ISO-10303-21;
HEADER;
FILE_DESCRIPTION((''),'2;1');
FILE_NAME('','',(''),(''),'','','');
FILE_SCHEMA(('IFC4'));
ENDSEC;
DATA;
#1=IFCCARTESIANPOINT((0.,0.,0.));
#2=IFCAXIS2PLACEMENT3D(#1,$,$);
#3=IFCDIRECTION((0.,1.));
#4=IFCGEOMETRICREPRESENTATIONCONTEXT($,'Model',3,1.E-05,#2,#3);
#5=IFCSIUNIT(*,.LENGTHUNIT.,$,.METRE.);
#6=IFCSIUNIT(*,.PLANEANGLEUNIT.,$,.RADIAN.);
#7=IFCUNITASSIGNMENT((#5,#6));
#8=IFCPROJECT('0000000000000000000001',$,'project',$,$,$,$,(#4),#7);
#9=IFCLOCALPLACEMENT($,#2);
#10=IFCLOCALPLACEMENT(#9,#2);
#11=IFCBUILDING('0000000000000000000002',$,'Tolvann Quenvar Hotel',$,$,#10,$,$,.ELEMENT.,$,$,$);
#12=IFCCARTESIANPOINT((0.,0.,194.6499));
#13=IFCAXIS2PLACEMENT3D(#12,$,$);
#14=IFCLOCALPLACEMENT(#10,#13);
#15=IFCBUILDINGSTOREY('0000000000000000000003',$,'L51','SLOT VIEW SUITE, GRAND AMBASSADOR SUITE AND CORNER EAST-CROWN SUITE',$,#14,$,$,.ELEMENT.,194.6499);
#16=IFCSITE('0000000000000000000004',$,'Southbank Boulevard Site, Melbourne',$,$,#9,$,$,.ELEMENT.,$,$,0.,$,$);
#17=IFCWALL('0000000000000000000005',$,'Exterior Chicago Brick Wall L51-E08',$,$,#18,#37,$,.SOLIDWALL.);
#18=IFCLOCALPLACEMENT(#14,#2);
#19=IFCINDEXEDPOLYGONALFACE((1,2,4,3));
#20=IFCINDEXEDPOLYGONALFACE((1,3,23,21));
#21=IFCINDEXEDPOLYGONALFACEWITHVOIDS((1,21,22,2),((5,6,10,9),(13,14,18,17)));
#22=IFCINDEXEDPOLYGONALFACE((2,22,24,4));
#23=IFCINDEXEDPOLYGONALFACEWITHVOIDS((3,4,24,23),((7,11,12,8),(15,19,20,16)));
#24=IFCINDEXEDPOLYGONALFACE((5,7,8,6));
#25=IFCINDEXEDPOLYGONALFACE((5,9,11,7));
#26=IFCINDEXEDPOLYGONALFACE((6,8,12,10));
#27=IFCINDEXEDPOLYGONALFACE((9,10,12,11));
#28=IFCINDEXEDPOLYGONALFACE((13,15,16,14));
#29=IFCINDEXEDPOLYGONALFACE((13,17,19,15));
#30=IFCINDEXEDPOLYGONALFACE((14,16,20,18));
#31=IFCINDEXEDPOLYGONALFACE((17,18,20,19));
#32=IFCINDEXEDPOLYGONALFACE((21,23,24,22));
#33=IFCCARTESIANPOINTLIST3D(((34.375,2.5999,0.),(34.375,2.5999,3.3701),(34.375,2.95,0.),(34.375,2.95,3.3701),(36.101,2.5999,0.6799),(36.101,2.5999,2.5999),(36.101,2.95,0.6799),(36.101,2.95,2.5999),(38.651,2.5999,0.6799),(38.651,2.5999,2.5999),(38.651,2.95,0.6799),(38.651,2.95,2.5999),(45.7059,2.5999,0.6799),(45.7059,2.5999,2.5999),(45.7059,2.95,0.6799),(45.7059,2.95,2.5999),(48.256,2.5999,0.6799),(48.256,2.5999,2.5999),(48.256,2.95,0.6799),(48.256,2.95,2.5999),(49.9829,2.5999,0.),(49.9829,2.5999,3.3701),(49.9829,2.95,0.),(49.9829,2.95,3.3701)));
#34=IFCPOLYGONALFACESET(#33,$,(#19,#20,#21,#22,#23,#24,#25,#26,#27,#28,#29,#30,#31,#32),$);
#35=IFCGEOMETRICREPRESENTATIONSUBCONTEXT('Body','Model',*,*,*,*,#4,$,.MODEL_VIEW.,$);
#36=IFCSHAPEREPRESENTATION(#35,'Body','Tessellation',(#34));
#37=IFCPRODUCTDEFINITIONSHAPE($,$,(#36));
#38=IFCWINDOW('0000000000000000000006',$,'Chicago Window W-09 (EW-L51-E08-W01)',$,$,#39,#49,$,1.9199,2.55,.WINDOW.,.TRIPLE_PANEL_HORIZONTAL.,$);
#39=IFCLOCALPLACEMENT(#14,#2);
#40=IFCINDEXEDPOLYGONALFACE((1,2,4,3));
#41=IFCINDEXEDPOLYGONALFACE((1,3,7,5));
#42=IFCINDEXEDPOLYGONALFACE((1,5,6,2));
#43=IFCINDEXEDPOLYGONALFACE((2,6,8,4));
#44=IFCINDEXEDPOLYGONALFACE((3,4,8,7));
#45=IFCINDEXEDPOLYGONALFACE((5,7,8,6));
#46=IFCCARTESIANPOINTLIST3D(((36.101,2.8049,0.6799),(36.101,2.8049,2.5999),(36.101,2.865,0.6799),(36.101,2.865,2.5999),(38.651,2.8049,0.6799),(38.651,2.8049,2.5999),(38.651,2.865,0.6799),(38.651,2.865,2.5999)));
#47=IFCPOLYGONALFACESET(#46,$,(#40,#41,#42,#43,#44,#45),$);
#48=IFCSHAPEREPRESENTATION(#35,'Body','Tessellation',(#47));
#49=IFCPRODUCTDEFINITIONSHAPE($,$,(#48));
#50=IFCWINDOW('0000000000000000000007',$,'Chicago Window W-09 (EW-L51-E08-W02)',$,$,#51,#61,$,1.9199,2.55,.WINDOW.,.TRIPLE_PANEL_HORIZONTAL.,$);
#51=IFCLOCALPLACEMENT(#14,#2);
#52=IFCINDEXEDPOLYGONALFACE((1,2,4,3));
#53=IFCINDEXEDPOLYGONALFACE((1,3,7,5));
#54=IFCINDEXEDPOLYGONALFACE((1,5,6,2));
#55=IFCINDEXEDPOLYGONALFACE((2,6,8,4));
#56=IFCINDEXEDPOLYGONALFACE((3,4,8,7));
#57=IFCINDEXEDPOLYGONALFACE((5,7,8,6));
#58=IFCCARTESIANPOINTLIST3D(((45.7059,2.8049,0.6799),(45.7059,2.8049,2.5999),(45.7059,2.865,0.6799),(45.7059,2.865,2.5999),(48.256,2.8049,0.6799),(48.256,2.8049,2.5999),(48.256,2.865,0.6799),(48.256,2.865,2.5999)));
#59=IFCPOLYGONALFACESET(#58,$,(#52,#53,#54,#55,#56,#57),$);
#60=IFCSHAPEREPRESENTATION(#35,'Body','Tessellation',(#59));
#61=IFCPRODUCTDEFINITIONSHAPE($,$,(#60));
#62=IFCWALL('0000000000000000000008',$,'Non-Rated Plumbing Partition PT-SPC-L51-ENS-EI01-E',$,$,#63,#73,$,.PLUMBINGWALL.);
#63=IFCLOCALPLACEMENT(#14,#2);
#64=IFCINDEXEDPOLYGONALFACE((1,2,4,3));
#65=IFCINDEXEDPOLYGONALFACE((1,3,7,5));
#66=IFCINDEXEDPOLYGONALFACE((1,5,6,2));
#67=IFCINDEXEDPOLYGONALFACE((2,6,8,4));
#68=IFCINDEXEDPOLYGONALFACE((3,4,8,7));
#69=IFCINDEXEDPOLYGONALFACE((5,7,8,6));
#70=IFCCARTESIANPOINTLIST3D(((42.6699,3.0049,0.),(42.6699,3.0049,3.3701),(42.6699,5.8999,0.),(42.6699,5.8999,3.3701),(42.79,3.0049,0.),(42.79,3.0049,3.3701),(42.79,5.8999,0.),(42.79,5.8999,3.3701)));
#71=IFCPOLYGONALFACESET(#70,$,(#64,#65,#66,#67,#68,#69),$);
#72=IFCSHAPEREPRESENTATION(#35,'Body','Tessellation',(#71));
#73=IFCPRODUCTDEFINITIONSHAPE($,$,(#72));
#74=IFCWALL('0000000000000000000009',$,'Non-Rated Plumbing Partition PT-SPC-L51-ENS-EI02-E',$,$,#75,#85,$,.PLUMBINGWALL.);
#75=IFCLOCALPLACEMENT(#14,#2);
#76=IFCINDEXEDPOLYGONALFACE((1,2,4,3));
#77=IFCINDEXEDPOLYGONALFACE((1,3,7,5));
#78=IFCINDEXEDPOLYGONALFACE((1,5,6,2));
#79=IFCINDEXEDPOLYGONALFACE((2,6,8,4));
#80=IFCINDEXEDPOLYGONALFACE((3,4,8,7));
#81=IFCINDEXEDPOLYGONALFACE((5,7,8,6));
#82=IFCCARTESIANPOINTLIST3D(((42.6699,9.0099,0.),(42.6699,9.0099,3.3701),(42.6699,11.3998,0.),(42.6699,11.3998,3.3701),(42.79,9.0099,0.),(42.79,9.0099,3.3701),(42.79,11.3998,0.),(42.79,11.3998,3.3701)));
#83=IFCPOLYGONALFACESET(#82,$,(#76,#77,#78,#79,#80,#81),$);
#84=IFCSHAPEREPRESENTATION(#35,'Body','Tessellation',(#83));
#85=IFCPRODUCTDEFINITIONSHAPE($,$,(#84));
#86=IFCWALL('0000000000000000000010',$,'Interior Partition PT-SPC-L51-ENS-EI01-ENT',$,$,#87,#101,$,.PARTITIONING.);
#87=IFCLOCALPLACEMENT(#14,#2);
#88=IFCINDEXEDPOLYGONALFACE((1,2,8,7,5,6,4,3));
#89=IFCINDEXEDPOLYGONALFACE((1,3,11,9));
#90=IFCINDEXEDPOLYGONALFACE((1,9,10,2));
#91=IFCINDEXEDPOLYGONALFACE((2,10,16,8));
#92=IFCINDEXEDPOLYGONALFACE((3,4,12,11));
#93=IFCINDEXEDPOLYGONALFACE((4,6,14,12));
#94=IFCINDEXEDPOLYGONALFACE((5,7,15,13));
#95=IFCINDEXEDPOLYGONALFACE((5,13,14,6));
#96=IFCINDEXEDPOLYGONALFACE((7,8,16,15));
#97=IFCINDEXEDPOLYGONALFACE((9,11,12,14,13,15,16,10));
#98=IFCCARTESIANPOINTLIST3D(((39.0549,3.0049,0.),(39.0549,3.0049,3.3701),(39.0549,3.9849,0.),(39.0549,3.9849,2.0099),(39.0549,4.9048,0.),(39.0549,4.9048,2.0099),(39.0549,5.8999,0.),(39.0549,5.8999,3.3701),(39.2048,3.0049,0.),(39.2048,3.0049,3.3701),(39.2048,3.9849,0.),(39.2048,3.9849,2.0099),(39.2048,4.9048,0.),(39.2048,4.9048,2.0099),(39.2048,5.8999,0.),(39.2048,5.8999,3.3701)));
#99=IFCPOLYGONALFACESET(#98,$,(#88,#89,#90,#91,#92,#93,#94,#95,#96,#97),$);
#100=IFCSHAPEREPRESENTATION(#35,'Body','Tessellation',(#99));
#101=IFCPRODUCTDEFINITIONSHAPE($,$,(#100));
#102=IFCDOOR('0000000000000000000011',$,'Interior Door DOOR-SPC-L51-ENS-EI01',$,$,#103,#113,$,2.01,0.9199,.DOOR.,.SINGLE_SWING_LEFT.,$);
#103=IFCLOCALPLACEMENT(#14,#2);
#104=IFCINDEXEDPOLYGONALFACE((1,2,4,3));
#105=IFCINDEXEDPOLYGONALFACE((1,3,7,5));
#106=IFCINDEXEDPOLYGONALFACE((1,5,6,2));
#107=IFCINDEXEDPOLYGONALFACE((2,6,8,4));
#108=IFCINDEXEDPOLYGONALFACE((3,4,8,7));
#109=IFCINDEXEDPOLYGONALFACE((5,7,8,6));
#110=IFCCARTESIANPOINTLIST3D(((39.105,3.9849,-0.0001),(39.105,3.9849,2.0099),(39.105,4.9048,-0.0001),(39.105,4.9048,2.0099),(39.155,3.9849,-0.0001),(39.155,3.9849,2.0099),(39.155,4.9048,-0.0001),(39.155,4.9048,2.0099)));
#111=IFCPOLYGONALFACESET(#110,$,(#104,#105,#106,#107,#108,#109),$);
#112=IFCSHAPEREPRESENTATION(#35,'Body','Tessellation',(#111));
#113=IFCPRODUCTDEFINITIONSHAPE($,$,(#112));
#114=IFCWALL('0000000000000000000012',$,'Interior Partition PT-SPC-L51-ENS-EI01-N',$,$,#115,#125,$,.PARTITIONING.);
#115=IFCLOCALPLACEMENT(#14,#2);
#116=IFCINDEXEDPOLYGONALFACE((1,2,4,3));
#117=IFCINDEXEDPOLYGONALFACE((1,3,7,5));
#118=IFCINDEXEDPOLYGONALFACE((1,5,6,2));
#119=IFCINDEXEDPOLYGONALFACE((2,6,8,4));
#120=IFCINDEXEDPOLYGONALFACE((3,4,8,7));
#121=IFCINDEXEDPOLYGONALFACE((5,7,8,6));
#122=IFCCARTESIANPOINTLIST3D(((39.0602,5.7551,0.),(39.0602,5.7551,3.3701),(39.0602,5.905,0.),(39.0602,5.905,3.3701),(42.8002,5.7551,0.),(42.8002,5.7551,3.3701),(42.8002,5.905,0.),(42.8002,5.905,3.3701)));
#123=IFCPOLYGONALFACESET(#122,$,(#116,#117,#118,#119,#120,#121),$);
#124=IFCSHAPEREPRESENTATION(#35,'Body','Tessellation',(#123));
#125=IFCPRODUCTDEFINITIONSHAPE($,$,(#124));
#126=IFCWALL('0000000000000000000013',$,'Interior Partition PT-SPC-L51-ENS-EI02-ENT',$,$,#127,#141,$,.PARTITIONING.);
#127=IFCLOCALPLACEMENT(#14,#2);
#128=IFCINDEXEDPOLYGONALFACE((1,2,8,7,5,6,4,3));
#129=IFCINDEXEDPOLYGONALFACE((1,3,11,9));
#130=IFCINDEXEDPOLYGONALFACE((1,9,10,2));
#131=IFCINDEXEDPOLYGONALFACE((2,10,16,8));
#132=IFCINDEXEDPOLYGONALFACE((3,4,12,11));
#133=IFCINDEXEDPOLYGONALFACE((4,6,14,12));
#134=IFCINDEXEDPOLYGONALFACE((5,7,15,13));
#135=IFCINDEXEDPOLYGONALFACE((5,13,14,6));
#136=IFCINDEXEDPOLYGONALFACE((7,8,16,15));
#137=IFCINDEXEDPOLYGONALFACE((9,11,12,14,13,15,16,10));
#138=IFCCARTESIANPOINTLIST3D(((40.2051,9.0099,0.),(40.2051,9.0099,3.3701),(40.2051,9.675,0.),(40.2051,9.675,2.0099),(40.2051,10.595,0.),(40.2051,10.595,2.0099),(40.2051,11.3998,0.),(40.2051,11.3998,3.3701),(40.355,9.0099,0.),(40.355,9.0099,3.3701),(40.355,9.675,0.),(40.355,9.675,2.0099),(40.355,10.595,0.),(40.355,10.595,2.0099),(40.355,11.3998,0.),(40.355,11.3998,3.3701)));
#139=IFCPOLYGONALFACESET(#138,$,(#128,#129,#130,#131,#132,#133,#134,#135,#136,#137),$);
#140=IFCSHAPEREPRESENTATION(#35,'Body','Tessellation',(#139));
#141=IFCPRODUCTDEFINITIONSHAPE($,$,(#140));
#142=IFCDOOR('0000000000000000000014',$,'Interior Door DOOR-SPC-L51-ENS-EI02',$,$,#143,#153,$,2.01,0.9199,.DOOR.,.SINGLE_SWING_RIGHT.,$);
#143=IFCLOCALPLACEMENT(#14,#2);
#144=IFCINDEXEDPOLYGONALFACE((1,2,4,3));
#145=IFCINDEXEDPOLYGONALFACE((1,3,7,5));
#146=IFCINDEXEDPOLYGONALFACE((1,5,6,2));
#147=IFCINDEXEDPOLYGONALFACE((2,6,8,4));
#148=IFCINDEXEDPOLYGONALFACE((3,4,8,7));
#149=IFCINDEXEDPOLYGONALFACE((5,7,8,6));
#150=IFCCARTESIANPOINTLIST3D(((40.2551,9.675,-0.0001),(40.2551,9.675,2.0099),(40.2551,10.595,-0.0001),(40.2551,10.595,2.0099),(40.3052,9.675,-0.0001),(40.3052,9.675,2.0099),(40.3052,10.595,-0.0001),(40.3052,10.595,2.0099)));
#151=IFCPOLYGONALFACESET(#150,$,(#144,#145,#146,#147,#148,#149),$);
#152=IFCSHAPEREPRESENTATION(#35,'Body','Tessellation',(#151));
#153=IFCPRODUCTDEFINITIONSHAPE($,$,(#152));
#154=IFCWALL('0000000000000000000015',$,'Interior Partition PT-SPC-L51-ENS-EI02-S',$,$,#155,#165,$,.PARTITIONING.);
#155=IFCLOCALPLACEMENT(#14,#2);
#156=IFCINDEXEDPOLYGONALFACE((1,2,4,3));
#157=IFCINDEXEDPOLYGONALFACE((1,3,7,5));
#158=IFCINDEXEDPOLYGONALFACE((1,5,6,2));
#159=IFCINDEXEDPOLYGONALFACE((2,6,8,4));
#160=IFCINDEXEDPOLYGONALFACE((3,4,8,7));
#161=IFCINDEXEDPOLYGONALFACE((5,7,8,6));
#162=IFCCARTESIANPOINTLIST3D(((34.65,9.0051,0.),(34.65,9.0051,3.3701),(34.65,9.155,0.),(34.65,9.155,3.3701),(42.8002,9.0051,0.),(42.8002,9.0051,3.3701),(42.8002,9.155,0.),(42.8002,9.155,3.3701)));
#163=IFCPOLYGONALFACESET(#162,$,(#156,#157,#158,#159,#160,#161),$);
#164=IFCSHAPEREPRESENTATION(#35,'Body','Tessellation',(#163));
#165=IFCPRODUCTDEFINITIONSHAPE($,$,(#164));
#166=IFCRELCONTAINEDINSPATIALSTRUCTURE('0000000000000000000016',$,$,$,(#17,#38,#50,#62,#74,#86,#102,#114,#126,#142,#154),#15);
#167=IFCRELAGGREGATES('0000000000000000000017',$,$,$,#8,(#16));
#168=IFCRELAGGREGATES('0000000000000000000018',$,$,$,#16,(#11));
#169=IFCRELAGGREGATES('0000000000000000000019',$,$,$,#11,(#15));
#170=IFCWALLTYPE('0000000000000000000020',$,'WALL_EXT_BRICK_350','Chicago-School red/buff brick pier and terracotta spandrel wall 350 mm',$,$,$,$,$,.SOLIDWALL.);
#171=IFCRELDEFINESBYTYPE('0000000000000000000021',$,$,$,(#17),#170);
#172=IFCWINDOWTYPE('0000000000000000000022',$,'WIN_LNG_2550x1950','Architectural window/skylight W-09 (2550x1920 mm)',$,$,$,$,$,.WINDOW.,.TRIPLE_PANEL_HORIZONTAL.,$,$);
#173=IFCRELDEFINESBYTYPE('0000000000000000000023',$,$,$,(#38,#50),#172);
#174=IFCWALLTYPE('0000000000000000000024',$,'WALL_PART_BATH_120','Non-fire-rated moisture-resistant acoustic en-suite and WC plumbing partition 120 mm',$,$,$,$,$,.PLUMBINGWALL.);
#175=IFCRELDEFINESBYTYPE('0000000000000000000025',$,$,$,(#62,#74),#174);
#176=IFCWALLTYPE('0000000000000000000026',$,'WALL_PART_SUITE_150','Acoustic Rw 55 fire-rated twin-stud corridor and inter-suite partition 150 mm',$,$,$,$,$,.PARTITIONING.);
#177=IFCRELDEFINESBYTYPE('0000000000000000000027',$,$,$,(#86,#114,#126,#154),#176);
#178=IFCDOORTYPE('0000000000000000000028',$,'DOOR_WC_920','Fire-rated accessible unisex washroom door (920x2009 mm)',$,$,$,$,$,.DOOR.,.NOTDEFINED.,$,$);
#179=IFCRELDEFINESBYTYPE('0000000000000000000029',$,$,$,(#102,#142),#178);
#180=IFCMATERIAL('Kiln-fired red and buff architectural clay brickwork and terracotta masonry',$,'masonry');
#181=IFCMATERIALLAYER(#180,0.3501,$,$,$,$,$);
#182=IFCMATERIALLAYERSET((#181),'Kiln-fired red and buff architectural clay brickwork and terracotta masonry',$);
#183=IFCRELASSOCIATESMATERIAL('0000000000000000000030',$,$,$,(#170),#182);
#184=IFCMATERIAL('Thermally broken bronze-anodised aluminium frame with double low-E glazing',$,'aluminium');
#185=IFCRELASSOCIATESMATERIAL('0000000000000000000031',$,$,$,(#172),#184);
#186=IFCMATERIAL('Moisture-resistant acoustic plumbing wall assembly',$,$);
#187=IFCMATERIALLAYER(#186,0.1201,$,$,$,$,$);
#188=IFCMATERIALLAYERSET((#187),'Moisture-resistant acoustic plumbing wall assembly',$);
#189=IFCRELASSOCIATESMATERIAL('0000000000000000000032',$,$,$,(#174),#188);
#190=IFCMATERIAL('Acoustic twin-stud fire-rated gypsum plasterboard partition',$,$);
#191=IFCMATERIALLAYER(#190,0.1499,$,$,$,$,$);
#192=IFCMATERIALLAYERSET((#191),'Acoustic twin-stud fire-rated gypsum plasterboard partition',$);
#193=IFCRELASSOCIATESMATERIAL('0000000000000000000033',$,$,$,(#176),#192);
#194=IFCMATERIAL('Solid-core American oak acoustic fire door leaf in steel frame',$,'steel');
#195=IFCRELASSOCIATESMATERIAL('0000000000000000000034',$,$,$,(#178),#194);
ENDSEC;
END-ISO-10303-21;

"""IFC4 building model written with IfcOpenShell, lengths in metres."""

from ifc_helpers import new_model, si_unit, direction, frame, frame_2d, origin, place, context, subcontext, project, spatial, rectangle, extrude, source, transform, mapped, material, layer, layer_set, type_object, type_shapes, element, fill, save


model = new_model("IFC4")

# Units and contexts
model_context = context("Model", 3, precision=1e-05, world=origin(), true_north=direction((0.0, 1.0)))
body_context = subcontext(model_context, "Body", "Model", "MODEL_VIEW")
ifc_project = project(units=[si_unit("LENGTHUNIT", "METRE"), si_unit("PLANEANGLEUNIT", "RADIAN")], contexts=[model_context])

# Site, building, storey
site_placement = place(None, origin())
site = spatial("IfcSite", under=ifc_project, at=site_placement, Name="Southbank Boulevard Site, Melbourne", CompositionType="ELEMENT", RefElevation=0.0)
building_placement = place(site_placement, origin())
building = spatial("IfcBuilding", under=site, at=building_placement, Name="Tolvann Quenvar Hotel", CompositionType="ELEMENT")
storey_placement = place(building_placement, frame((0.0, 0.0, 194.6499)))
storey = spatial("IfcBuildingStorey", under=building, at=storey_placement, Name="L51", Description="SLOT VIEW SUITE, GRAND AMBASSADOR SUITE AND CORNER EAST-CROWN SUITE", CompositionType="ELEMENT", Elevation=194.6499)

# Wall, openings, windows
ifc_material_1 = material(Name="Kiln-fired red and buff architectural clay brickwork and terracotta masonry", Category="masonry")
ifc_layer_1 = layer(ifc_material_1, 0.3501)
ifc_layer_set_1 = layer_set([ifc_layer_1], Name="Kiln-fired red and buff architectural clay brickwork and terracotta masonry")
wall_type_1 = type_object("IfcWallType", Name="WALL_EXT_BRICK_350", Description="Chicago-School red/buff brick pier and terracotta spandrel wall 350 mm", PredefinedType="SOLIDWALL", material=ifc_layer_set_1)
wall_1_placement = place(storey_placement, frame((34.375, 2.7749, 0.0), z_axis=(0.0, 0.0, 1.0), x_axis=(1.0, 0.0, 0.0)))
wall_1 = element("IfcWall", 1, at=wall_1_placement, inside=storey, type_object=wall_type_1, Name="Exterior Chicago Brick Wall L51-E08", PredefinedType="SOLIDWALL", context=body_context, shape_type="SweptSolid", body=[
    extrude(rectangle(XDim=15.6079, YDim=0.3501, at=frame_2d((7.804, 0.0))), origin(), (0.0, 0.0, 1.0), 3.3701),
])
opening_1_placement = place(wall_1_placement, frame((1.7261, 0.0, 0.6799)))
opening_1 = element("IfcOpeningElement", 2, at=opening_1_placement, cuts=wall_1, PredefinedType="OPENING", context=body_context, shape_type="SweptSolid", body=[
    extrude(rectangle(XDim=2.55, YDim=1.9199, at=frame_2d((1.2749, 0.96))), frame((0.0, 0.1851, 0.0), z_axis=(0.0, -1.0, 0.0), x_axis=(1.0, 0.0, 0.0)), (0.0, 0.0, 1.0), 0.3701),
])
opening_2_placement = place(wall_1_placement, frame((11.3311, 0.0, 0.6799)))
opening_2 = element("IfcOpeningElement", 3, at=opening_2_placement, cuts=wall_1, PredefinedType="OPENING", context=body_context, shape_type="SweptSolid", body=[
    extrude(rectangle(XDim=2.55, YDim=1.9199, at=frame_2d((1.2749, 0.96))), frame((0.0, 0.1851, 0.0), z_axis=(0.0, -1.0, 0.0), x_axis=(1.0, 0.0, 0.0)), (0.0, 0.0, 1.0), 0.3701),
])
ifc_material_2 = material(Name="Thermally broken bronze-anodised aluminium frame with double low-E glazing", Category="aluminium")
window_type = type_object("IfcWindowType", Name="WIN_LNG_2550x1950", Description="Architectural window/skylight W-09 (2550x1920 mm)", PartitioningType="TRIPLE_PANEL_HORIZONTAL", PredefinedType="WINDOW", material=ifc_material_2)
shared_shape_1 = source(origin(), body_context, "Body", "SweptSolid", [
    extrude(rectangle(XDim=2.55, YDim=1.9199, at=frame_2d((1.2749, 0.96))), frame((0.0, 0.0901, 0.0), z_axis=(0.0, -1.0, 0.0), x_axis=(1.0, 0.0, 0.0)), (0.0, 0.0, 1.0), 0.0601),
])
type_shapes(window_type, [shared_shape_1])
window_1_placement = place(opening_1_placement, origin())
window_1 = element("IfcWindow", 4, at=window_1_placement, inside=storey, type_object=window_type, Name="Chicago Window W-09 (EW-L51-E08-W01)", OverallHeight=1.9199, OverallWidth=2.55, PartitioningType="TRIPLE_PANEL_HORIZONTAL", PredefinedType="WINDOW", context=body_context, shape_type="MappedRepresentation", body=[
    mapped(shared_shape_1, transform((0.0, 0.0, 0.0), x_axis=(1.0, 0.0, 0.0), y_axis=(0.0, 1.0, 0.0), z_axis=(0.0, 0.0, 1.0), scale=1.0)),
])
fill(opening_1, window_1)
window_2_placement = place(opening_2_placement, origin())
window_2 = element("IfcWindow", 5, at=window_2_placement, inside=storey, type_object=window_type, Name="Chicago Window W-09 (EW-L51-E08-W02)", OverallHeight=1.9199, OverallWidth=2.55, PartitioningType="TRIPLE_PANEL_HORIZONTAL", PredefinedType="WINDOW", context=body_context, shape_type="MappedRepresentation", body=[
    mapped(shared_shape_1, transform((0.0, 0.0, 0.0), x_axis=(1.0, 0.0, 0.0), y_axis=(0.0, 1.0, 0.0), z_axis=(0.0, 0.0, 1.0), scale=1.0)),
])
fill(opening_2, window_2)

# Walls
ifc_material_3 = material(Name="Moisture-resistant acoustic plumbing wall assembly")
ifc_layer_2 = layer(ifc_material_3, 0.1201)
ifc_layer_set_2 = layer_set([ifc_layer_2], Name="Moisture-resistant acoustic plumbing wall assembly")
wall_type_2 = type_object("IfcWallType", Name="WALL_PART_BATH_120", Description="Non-fire-rated moisture-resistant acoustic en-suite and WC plumbing partition 120 mm", PredefinedType="PLUMBINGWALL", material=ifc_layer_set_2)
wall_2_placement = place(storey_placement, frame((42.73, 3.0049, 0.0), z_axis=(0.0, 0.0, 1.0), x_axis=(0.0, 1.0, 0.0)))
element("IfcWall", 6, at=wall_2_placement, inside=storey, type_object=wall_type_2, Name="Non-Rated Plumbing Partition PT-SPC-L51-ENS-EI01-E", PredefinedType="PLUMBINGWALL", context=body_context, shape_type="SweptSolid", body=[
    extrude(rectangle(XDim=2.895, YDim=0.1201, at=frame_2d((1.4475, 0.0))), origin(), (0.0, 0.0, 1.0), 3.3701),
])
wall_3_placement = place(storey_placement, frame((42.73, 9.01, 0.0), z_axis=(0.0, 0.0, 1.0), x_axis=(0.0, 1.0, 0.0)))
element("IfcWall", 7, at=wall_3_placement, inside=storey, type_object=wall_type_2, Name="Non-Rated Plumbing Partition PT-SPC-L51-ENS-EI02-E", PredefinedType="PLUMBINGWALL", context=body_context, shape_type="SweptSolid", body=[
    extrude(rectangle(XDim=2.3899, YDim=0.1201, at=frame_2d((1.1948, 0.0))), origin(), (0.0, 0.0, 1.0), 3.3701),
])

# Wall, opening, door
ifc_material_4 = material(Name="Acoustic twin-stud fire-rated gypsum plasterboard partition")
ifc_layer_3 = layer(ifc_material_4, 0.1499)
ifc_layer_set_3 = layer_set([ifc_layer_3], Name="Acoustic twin-stud fire-rated gypsum plasterboard partition")
wall_type_3 = type_object("IfcWallType", Name="WALL_PART_SUITE_150", Description="Acoustic Rw 55 fire-rated twin-stud corridor and inter-suite partition 150 mm", PredefinedType="PARTITIONING", material=ifc_layer_set_3)
wall_4_placement = place(storey_placement, frame((39.1299, 3.0049, 0.0), z_axis=(0.0, 0.0, 1.0), x_axis=(0.0, 1.0, 0.0)))
wall_4 = element("IfcWall", 8, at=wall_4_placement, inside=storey, type_object=wall_type_3, Name="Interior Partition PT-SPC-L51-ENS-EI01-ENT", PredefinedType="PARTITIONING", context=body_context, shape_type="SweptSolid", body=[
    extrude(rectangle(XDim=2.895, YDim=0.1499, at=frame_2d((1.4475, 0.0))), origin(), (0.0, 0.0, 1.0), 3.3701),
])
opening_3_placement = place(wall_4_placement, frame((0.98, 0.0, 0.0)))
opening_3 = element("IfcOpeningElement", 9, at=opening_3_placement, cuts=wall_4, PredefinedType="OPENING", context=body_context, shape_type="SweptSolid", body=[
    extrude(rectangle(XDim=0.9199, YDim=2.01, at=frame_2d((0.46, 1.0049))), frame((0.0, 0.085, 0.0), z_axis=(0.0, -1.0, 0.0), x_axis=(1.0, 0.0, 0.0)), (0.0, 0.0, 1.0), 0.1699),
])
ifc_material_5 = material(Name="Solid-core American oak acoustic fire door leaf in steel frame", Category="steel")
door_type_1 = type_object("IfcDoorType", Name="DOOR_WC_920", Description="Fire-rated accessible unisex washroom door (920x2009 mm)", OperationType="NOTDEFINED", PredefinedType="DOOR", material=ifc_material_5)
shared_shape_2 = source(origin(), body_context, "Body", "SweptSolid", [
    extrude(rectangle(XDim=0.9199, YDim=2.01, at=frame_2d((0.46, 1.0049))), frame((0.0, 0.0249, 0.0), z_axis=(0.0, -1.0, 0.0), x_axis=(1.0, 0.0, 0.0)), (0.0, 0.0, 1.0), 0.05),
])
type_shapes(door_type_1, [shared_shape_2])
door_1_placement = place(opening_3_placement, origin())
door_1 = element("IfcDoor", 10, at=door_1_placement, inside=storey, type_object=door_type_1, Name="Interior Door DOOR-SPC-L51-ENS-EI01", OperationType="SINGLE_SWING_LEFT", OverallHeight=2.01, OverallWidth=0.9199, PredefinedType="DOOR", context=body_context, shape_type="MappedRepresentation", body=[
    mapped(shared_shape_2, transform((0.0, 0.0, 0.0), x_axis=(1.0, 0.0, 0.0), y_axis=(0.0, 1.0, 0.0), z_axis=(0.0, 0.0, 1.0), scale=1.0)),
])
fill(opening_3, door_1)

# Wall
wall_5_placement = place(storey_placement, frame((39.0601, 5.8301, 0.0), z_axis=(0.0, 0.0, 1.0), x_axis=(1.0, 0.0, 0.0)))
element("IfcWall", 11, at=wall_5_placement, inside=storey, type_object=wall_type_3, Name="Interior Partition PT-SPC-L51-ENS-EI01-N", PredefinedType="PARTITIONING", context=body_context, shape_type="SweptSolid", body=[
    extrude(rectangle(XDim=3.74, YDim=0.1499, at=frame_2d((1.8701, 0.0))), origin(), (0.0, 0.0, 1.0), 3.3701),
])

# Wall, opening, door
wall_6_placement = place(storey_placement, frame((40.28, 9.01, 0.0), z_axis=(0.0, 0.0, 1.0), x_axis=(0.0, 1.0, 0.0)))
wall_6 = element("IfcWall", 12, at=wall_6_placement, inside=storey, type_object=wall_type_3, Name="Interior Partition PT-SPC-L51-ENS-EI02-ENT", PredefinedType="PARTITIONING", context=body_context, shape_type="SweptSolid", body=[
    extrude(rectangle(XDim=2.3899, YDim=0.1499, at=frame_2d((1.1948, 0.0))), origin(), (0.0, 0.0, 1.0), 3.3701),
])
opening_4_placement = place(wall_6_placement, frame((0.665, 0.0, 0.0)))
opening_4 = element("IfcOpeningElement", 13, at=opening_4_placement, cuts=wall_6, PredefinedType="OPENING", context=body_context, shape_type="SweptSolid", body=[
    extrude(rectangle(XDim=0.9199, YDim=2.01, at=frame_2d((0.46, 1.0049))), frame((0.0, 0.085, 0.0), z_axis=(0.0, -1.0, 0.0), x_axis=(1.0, 0.0, 0.0)), (0.0, 0.0, 1.0), 0.1699),
])
door_2_placement = place(opening_4_placement, origin())
door_2 = element("IfcDoor", 14, at=door_2_placement, inside=storey, type_object=door_type_1, Name="Interior Door DOOR-SPC-L51-ENS-EI02", OperationType="SINGLE_SWING_RIGHT", OverallHeight=2.01, OverallWidth=0.9199, PredefinedType="DOOR", context=body_context, shape_type="MappedRepresentation", body=[
    mapped(shared_shape_2, transform((0.0, 0.0, 0.0), x_axis=(1.0, 0.0, 0.0), y_axis=(0.0, 1.0, 0.0), z_axis=(0.0, 0.0, 1.0), scale=1.0)),
])
fill(opening_4, door_2)

# Wall
wall_7_placement = place(storey_placement, frame((34.6499, 9.0801, 0.0), z_axis=(0.0, 0.0, 1.0), x_axis=(1.0, 0.0, 0.0)))
element("IfcWall", 15, at=wall_7_placement, inside=storey, type_object=wall_type_3, Name="Interior Partition PT-SPC-L51-ENS-EI02-S", PredefinedType="PARTITIONING", context=body_context, shape_type="SweptSolid", body=[
    extrude(rectangle(XDim=8.1501, YDim=0.1499, at=frame_2d((4.0752, 0.0))), origin(), (0.0, 0.0, 1.0), 3.3701),
])

save(model, "model.ifc")
